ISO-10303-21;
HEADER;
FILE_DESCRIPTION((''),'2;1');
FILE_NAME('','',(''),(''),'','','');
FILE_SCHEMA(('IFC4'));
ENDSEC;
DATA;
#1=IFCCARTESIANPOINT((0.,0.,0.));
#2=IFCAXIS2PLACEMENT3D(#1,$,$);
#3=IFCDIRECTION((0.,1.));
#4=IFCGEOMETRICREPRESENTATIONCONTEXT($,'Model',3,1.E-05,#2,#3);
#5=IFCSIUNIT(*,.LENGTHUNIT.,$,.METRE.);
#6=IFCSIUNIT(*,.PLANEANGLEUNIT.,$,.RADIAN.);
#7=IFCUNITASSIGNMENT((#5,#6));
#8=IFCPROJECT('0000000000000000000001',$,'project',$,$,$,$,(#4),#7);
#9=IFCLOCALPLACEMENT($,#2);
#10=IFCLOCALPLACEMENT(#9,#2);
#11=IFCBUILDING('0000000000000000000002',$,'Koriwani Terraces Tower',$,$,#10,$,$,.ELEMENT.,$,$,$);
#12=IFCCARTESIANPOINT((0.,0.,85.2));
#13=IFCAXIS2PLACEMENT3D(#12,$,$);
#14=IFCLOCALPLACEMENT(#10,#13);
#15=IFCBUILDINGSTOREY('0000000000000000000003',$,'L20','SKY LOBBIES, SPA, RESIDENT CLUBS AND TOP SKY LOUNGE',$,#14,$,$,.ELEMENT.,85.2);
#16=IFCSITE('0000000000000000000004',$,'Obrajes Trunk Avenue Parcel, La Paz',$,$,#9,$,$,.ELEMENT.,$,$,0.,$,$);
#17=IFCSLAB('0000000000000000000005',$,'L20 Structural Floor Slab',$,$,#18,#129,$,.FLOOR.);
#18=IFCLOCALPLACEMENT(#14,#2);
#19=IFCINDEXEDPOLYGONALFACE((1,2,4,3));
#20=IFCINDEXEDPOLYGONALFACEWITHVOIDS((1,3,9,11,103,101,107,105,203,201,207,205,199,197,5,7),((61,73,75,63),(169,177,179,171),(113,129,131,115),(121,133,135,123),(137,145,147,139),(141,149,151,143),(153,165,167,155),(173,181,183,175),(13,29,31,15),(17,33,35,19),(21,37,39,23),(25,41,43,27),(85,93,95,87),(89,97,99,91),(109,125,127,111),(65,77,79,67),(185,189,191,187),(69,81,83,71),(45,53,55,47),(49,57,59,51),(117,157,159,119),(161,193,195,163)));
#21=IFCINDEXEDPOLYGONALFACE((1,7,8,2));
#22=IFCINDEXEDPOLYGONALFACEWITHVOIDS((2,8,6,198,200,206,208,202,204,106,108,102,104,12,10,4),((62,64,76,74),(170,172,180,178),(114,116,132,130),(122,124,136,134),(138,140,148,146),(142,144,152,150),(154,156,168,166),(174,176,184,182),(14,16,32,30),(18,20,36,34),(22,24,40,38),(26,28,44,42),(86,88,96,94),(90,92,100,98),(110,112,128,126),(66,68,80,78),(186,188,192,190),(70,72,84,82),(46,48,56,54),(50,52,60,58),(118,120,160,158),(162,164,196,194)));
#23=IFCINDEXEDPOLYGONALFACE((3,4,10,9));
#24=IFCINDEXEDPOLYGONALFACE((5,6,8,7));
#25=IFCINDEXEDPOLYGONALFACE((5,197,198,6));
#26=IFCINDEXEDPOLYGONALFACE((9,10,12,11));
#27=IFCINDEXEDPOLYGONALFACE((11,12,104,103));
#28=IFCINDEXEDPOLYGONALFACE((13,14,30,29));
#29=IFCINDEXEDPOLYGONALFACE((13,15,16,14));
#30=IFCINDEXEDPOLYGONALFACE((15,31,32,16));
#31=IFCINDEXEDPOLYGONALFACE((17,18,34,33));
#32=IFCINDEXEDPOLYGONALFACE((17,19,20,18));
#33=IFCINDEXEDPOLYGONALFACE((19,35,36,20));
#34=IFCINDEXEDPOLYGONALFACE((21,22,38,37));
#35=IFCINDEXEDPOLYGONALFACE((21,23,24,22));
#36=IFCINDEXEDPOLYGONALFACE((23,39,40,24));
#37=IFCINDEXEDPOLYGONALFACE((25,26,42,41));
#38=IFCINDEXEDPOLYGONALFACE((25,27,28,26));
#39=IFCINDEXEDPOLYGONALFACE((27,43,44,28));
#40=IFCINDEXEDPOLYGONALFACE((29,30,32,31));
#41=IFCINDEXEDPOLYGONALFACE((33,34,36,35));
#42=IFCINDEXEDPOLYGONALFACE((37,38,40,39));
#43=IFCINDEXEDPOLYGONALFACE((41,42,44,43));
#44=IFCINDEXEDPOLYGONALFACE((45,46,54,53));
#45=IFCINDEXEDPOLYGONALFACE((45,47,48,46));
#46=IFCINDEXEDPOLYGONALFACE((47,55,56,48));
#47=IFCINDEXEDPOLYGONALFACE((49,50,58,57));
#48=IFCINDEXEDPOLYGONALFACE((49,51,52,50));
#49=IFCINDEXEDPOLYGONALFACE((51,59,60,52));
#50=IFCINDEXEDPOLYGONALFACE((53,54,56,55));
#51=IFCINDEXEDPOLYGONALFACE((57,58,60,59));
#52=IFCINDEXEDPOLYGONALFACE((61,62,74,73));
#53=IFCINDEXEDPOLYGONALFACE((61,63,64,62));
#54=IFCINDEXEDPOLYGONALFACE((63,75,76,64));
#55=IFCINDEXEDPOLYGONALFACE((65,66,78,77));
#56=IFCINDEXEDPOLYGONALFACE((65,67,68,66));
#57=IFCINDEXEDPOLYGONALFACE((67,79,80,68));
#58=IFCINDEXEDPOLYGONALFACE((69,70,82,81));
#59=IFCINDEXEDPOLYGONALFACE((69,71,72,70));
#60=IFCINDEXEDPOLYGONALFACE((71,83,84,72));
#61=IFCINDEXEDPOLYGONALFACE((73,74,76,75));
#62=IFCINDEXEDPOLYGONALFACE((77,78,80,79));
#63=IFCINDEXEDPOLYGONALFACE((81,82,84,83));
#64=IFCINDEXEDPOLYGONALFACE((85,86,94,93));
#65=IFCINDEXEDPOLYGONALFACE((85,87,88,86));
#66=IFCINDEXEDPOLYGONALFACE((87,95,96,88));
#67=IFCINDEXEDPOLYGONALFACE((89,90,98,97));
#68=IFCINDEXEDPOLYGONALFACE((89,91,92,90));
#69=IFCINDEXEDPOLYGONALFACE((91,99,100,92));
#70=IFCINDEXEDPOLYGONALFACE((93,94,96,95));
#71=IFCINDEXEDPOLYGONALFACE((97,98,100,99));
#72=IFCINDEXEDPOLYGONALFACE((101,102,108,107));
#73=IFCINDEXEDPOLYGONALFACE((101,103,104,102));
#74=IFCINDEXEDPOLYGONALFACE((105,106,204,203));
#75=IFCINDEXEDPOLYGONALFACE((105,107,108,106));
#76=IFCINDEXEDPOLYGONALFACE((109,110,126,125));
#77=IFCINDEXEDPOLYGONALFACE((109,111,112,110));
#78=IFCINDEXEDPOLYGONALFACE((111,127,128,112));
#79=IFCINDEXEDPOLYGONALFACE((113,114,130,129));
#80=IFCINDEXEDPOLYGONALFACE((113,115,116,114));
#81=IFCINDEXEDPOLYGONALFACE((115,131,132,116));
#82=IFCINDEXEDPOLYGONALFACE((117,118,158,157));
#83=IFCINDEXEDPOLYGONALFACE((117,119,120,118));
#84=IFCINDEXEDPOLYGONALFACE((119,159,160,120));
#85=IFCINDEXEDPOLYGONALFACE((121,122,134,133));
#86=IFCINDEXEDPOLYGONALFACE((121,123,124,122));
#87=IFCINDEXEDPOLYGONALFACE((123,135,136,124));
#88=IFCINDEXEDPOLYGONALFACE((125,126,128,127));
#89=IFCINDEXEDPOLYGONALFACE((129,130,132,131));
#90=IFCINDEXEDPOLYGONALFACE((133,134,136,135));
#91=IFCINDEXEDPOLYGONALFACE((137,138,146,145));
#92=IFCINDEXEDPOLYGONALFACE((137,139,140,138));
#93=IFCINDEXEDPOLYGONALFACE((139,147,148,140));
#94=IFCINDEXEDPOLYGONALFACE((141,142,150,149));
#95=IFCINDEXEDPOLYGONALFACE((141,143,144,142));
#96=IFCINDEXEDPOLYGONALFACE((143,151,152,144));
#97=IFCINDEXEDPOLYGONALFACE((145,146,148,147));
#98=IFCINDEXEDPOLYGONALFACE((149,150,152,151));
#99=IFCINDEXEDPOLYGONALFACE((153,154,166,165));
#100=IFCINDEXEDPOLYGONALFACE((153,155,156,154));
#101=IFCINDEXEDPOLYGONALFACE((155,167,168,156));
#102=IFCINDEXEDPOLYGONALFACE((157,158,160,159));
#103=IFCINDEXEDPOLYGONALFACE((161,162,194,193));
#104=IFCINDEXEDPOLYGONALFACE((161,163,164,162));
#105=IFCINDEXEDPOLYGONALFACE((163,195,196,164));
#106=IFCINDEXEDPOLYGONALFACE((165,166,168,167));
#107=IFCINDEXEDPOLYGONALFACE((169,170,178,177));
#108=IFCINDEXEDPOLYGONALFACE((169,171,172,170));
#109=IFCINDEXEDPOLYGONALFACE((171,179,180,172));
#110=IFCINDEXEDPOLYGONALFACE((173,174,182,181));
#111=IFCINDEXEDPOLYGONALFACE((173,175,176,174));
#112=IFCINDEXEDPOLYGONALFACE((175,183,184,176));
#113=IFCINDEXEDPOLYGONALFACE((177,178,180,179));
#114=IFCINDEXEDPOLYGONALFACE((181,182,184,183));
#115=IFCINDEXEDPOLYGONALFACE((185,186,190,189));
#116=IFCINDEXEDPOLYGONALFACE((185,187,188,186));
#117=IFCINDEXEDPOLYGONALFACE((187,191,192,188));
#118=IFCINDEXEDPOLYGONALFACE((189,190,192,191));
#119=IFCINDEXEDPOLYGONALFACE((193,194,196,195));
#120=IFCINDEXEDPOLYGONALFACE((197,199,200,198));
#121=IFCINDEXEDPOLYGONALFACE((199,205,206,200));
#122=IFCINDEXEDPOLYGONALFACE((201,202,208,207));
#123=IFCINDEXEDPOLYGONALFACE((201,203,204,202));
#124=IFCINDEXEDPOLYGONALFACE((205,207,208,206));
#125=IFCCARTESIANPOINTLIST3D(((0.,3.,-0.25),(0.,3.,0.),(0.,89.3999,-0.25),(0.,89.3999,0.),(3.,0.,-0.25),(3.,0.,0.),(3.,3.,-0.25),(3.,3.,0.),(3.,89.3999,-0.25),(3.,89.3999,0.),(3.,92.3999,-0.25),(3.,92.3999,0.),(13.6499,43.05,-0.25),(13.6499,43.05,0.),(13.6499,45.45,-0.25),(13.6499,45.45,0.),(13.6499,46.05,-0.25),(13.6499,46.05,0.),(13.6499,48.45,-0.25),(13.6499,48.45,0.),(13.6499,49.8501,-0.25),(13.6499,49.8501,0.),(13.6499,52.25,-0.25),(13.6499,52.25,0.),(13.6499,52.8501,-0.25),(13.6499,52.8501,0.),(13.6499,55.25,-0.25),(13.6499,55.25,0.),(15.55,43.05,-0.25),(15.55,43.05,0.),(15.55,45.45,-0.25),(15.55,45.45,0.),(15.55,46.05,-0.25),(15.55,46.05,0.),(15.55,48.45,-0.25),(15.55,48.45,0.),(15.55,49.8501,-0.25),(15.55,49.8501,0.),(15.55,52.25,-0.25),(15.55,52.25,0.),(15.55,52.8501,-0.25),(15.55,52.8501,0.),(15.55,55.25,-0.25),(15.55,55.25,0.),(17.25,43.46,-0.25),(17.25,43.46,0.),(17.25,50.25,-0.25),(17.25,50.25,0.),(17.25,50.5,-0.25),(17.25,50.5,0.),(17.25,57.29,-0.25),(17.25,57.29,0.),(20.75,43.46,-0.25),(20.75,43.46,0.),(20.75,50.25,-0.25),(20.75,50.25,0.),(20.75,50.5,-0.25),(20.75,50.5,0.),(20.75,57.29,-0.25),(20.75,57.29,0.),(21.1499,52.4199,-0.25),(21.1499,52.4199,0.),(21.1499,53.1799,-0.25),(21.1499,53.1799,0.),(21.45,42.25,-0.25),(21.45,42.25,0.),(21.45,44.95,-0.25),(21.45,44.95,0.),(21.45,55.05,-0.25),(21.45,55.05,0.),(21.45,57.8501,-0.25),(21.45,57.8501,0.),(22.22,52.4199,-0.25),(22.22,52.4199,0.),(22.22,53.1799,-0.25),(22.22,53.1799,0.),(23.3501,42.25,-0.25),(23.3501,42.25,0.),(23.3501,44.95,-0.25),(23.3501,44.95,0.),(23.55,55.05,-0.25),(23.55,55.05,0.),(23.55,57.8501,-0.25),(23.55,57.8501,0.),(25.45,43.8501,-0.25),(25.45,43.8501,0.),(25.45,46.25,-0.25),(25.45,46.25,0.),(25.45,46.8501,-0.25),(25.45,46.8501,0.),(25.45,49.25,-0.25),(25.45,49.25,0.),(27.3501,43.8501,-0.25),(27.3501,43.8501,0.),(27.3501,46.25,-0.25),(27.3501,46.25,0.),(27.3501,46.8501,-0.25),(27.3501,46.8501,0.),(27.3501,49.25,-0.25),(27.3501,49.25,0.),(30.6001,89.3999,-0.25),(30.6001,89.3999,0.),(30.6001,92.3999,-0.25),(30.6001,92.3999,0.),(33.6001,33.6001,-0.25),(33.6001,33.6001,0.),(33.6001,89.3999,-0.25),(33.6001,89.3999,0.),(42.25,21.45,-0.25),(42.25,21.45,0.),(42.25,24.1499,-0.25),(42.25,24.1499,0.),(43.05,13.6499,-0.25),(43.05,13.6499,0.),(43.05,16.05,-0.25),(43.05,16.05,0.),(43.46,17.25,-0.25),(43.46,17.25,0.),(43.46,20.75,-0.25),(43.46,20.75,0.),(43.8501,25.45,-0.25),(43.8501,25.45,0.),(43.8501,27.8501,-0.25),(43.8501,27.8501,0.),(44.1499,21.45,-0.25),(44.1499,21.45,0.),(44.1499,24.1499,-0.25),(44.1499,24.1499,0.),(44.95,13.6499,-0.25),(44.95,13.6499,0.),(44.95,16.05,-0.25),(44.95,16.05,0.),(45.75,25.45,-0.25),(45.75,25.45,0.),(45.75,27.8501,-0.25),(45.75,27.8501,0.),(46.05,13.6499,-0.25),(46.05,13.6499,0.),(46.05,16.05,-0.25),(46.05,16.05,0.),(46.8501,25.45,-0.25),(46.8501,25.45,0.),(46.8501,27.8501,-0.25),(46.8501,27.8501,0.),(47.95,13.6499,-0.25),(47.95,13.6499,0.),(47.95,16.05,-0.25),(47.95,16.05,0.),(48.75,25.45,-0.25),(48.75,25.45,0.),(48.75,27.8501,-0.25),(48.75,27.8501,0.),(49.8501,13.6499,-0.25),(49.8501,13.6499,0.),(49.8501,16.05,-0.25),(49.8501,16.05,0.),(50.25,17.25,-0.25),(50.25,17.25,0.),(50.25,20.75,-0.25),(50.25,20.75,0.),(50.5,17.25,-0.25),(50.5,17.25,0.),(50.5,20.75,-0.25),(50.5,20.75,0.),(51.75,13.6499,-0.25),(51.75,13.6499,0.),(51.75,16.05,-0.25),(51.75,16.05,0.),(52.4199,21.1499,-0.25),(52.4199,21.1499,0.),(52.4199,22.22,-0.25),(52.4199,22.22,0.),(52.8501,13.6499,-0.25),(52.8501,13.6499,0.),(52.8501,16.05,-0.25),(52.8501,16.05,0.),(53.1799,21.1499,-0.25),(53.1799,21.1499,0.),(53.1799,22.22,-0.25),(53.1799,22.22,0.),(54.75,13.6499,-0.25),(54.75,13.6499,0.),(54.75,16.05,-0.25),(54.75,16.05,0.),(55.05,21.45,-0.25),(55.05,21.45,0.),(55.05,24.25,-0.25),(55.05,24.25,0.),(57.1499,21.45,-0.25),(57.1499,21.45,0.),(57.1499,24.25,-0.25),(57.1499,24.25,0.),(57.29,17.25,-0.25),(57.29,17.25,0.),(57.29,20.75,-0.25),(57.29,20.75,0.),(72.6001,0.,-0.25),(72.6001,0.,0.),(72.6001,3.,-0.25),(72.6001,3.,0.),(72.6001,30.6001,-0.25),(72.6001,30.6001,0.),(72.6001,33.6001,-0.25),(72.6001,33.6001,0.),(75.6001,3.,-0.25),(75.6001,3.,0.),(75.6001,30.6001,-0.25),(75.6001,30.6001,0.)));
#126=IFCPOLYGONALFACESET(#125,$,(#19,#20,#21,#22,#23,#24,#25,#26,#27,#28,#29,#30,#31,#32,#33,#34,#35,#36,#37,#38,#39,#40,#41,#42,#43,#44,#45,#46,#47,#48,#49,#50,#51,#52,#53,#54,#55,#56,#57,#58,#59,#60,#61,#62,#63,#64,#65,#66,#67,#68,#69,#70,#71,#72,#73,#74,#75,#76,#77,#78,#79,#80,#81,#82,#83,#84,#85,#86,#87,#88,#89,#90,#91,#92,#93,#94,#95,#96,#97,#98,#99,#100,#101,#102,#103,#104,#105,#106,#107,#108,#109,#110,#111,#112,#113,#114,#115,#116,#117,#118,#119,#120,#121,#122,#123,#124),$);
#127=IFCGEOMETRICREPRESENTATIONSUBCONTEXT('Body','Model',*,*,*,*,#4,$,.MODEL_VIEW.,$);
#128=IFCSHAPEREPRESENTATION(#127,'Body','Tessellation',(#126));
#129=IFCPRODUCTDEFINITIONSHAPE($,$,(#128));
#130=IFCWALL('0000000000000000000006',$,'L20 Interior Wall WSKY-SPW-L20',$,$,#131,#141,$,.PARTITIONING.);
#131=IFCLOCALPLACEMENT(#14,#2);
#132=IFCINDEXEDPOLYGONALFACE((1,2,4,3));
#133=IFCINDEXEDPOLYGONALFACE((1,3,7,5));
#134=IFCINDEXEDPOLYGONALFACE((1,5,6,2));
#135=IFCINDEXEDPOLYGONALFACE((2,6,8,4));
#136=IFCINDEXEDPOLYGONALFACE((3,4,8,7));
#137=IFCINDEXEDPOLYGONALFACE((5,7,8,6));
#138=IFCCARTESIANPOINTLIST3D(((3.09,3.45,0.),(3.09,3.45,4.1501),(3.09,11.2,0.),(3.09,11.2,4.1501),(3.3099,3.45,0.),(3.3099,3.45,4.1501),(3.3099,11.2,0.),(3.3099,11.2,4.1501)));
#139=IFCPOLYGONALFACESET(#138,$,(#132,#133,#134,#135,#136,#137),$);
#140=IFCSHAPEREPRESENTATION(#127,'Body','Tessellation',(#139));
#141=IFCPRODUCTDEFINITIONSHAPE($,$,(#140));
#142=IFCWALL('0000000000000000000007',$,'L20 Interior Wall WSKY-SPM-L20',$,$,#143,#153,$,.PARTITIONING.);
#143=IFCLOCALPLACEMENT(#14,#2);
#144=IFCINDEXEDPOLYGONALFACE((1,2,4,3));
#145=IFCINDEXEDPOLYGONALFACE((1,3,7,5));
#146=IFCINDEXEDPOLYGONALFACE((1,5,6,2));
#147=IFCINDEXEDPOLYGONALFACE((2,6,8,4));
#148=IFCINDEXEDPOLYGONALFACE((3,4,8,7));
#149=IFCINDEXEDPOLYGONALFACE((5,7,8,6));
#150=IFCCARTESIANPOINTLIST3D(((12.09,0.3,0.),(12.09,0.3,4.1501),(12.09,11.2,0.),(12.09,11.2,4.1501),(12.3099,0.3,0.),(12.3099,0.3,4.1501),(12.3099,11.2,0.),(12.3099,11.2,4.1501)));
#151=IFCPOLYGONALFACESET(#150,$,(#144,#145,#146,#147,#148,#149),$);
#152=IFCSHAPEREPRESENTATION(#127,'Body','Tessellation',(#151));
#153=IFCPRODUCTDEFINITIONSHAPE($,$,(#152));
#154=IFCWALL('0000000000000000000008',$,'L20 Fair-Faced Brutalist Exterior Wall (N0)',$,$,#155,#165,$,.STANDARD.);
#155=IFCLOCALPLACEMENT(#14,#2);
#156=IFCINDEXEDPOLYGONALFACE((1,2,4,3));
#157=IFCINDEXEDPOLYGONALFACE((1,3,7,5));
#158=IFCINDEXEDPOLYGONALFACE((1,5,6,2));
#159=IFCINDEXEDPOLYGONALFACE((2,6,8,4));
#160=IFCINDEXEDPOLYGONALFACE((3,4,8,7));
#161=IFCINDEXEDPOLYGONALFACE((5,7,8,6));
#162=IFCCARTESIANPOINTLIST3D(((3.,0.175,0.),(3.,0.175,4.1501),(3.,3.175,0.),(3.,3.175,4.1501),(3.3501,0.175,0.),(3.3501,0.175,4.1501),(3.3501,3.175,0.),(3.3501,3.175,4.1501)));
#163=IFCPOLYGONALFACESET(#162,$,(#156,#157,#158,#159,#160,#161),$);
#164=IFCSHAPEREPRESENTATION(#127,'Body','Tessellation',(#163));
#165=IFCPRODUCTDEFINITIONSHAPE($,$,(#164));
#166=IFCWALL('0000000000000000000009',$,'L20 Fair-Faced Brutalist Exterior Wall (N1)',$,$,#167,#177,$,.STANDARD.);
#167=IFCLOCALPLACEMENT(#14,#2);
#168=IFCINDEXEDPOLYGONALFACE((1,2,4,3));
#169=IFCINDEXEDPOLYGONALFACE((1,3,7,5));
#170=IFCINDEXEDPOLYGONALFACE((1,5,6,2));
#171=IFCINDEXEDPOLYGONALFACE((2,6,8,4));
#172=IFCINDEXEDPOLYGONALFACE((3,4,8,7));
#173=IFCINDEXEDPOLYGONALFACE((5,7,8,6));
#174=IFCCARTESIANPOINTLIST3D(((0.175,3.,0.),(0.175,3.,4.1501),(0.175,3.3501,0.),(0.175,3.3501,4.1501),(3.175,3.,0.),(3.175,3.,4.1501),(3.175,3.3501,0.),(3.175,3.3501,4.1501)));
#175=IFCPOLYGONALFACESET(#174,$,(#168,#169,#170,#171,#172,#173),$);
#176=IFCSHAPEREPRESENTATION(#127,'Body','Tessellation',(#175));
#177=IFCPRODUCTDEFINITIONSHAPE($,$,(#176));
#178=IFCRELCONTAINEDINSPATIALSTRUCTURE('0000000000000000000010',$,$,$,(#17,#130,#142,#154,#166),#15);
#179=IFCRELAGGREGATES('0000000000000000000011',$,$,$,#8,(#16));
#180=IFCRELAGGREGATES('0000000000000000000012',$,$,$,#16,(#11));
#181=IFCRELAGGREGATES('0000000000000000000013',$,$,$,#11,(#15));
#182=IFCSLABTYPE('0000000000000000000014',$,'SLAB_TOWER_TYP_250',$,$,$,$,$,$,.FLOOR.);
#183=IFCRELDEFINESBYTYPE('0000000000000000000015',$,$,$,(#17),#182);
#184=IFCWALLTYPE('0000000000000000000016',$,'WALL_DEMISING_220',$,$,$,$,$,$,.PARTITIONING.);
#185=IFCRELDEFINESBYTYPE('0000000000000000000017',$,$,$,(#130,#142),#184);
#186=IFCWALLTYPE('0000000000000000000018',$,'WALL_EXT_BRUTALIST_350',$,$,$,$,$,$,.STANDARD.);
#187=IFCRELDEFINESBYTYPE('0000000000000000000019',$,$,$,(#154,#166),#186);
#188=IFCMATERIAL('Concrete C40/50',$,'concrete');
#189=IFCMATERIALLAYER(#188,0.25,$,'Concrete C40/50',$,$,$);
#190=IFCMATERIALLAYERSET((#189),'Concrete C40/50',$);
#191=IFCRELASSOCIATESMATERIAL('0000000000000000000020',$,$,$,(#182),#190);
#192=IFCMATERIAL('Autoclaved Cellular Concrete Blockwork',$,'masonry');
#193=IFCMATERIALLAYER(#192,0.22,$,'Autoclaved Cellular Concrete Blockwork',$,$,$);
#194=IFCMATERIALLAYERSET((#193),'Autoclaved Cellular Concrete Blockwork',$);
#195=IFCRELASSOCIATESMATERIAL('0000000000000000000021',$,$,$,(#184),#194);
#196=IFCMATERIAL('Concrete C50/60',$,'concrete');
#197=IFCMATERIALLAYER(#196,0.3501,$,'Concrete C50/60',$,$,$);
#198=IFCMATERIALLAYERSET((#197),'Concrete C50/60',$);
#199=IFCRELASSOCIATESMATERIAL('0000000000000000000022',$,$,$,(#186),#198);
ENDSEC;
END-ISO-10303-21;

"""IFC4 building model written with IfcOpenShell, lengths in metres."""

from ifc_helpers import new_model, si_unit, direction, frame, frame_2d, origin, place, context, subcontext, project, spatial, polyline, rectangle, outline, extrude, material, layer, layer_set, type_object, element, save


model = new_model("IFC4")

# Units and contexts
model_context = context("Model", 3, precision=1e-05, world=origin(), true_north=direction((0.0, 1.0)))
body_context = subcontext(model_context, "Body", "Model", "MODEL_VIEW")
ifc_project = project(units=[si_unit("LENGTHUNIT", "METRE"), si_unit("PLANEANGLEUNIT", "RADIAN")], contexts=[model_context])

# Site, building, storey
site_placement = place(None, origin())
site = spatial("IfcSite", under=ifc_project, at=site_placement, Name="Obrajes Trunk Avenue Parcel, La Paz", CompositionType="ELEMENT", RefElevation=0.0)
building_placement = place(site_placement, origin())
building = spatial("IfcBuilding", under=site, at=building_placement, Name="Koriwani Terraces Tower", CompositionType="ELEMENT")
storey_placement = place(building_placement, frame((0.0, 0.0, 85.2)))
storey = spatial("IfcBuildingStorey", under=building, at=storey_placement, Name="L20", Description="SKY LOBBIES, SPA, RESIDENT CLUBS AND TOP SKY LOUNGE", CompositionType="ELEMENT", Elevation=85.2)

# Shared definitions
ifc_material_1 = material(Name="Concrete C40/50", Category="concrete")
ifc_material_2 = material(Name="Concrete C50/60", Category="concrete")

# Slab
ifc_layer_1 = layer(ifc_material_1, 0.25, Name="Concrete C40/50")
ifc_layer_set_1 = layer_set([ifc_layer_1], Name="Concrete C40/50")
slab_type_1 = type_object("IfcSlabType", Name="SLAB_TOWER_TYP_250", PredefinedType="FLOOR", material=ifc_layer_set_1)
slab_1_placement = place(storey_placement, frame((0.0, 0.0, -0.25)))
element("IfcSlab", 1, at=slab_1_placement, inside=storey, type_object=slab_type_1, Name="L20 Structural Floor Slab", PredefinedType="FLOOR", context=body_context, shape_type="SweptSolid", body=[
    extrude(outline(polyline([(3.0, 0.0), (72.6001, 0.0), (72.6001, 3.0), (75.6001, 3.0), (75.6001, 30.6001), (72.6001, 30.6001), (72.6001, 33.6001), (33.6001, 33.6001), (33.6001, 89.3999), (30.6001, 89.3999), (30.6001, 92.3999), (3.0, 92.3999), (3.0, 89.3999), (0.0, 89.3999), (0.0, 3.0), (3.0, 3.0), (3.0, 0.0)]), holes=[polyline([(17.25, 43.46), (20.75, 43.46), (20.75, 50.25), (17.25, 50.25), (17.25, 43.46)]), polyline([(17.25, 50.5), (20.75, 50.5), (20.75, 57.29), (17.25, 57.29), (17.25, 50.5)]), polyline([(43.46, 17.25), (50.25, 17.25), (50.25, 20.75), (43.46, 20.75), (43.46, 17.25)]), polyline([(50.5, 17.25), (57.29, 17.25), (57.29, 20.75), (50.5, 20.75), (50.5, 17.25)]), polyline([(13.6499, 43.05), (15.55, 43.05), (15.55, 45.45), (13.6499, 45.45), (13.6499, 43.05)]), polyline([(13.6499, 46.05), (15.55, 46.05), (15.55, 48.45), (13.6499, 48.45), (13.6499, 46.05)]), polyline([(43.05, 13.6499), (44.95, 13.6499), (44.95, 16.05), (43.05, 16.05), (43.05, 13.6499)]), polyline([(46.05, 13.6499), (47.95, 13.6499), (47.95, 16.05), (46.05, 16.05), (46.05, 13.6499)]), polyline([(13.6499, 49.8501), (15.55, 49.8501), (15.55, 52.25), (13.6499, 52.25), (13.6499, 49.8501)]), polyline([(13.6499, 52.8501), (15.55, 52.8501), (15.55, 55.25), (13.6499, 55.25), (13.6499, 52.8501)]), polyline([(49.8501, 13.6499), (51.75, 13.6499), (51.75, 16.05), (49.8501, 16.05), (49.8501, 13.6499)]), polyline([(52.8501, 13.6499), (54.75, 13.6499), (54.75, 16.05), (52.8501, 16.05), (52.8501, 13.6499)]), polyline([(25.45, 43.8501), (27.3501, 43.8501), (27.3501, 46.25), (25.45, 46.25), (25.45, 43.8501)]), polyline([(25.45, 46.8501), (27.3501, 46.8501), (27.3501, 49.25), (25.45, 49.25), (25.45, 46.8501)]), polyline([(43.8501, 25.45), (45.75, 25.45), (45.75, 27.8501), (43.8501, 27.8501), (43.8501, 25.45)]), polyline([(46.8501, 25.45), (48.75, 25.45), (48.75, 27.8501), (46.8501, 27.8501), (46.8501, 25.45)]), polyline([(21.45, 55.05), (23.55, 55.05), (23.55, 57.8501), (21.45, 57.8501), (21.45, 55.05)]), polyline([(55.05, 21.45), (57.1499, 21.45), (57.1499, 24.25), (55.05, 24.25), (55.05, 21.45)]), polyline([(21.45, 42.25), (23.3501, 42.25), (23.3501, 44.95), (21.45, 44.95), (21.45, 42.25)]), polyline([(42.25, 21.45), (44.1499, 21.45), (44.1499, 24.1499), (42.25, 24.1499), (42.25, 21.45)]), polyline([(21.1499, 52.4199), (22.22, 52.4199), (22.22, 53.1799), (21.1499, 53.1799), (21.1499, 52.4199)]), polyline([(52.4199, 21.1499), (53.1799, 21.1499), (53.1799, 22.22), (52.4199, 22.22), (52.4199, 21.1499)])]), origin(), (0.0, 0.0, 1.0), 0.25),
])

# Walls
ifc_material_3 = material(Name="Autoclaved Cellular Concrete Blockwork", Category="masonry")
ifc_layer_2 = layer(ifc_material_3, 0.22, Name="Autoclaved Cellular Concrete Blockwork")
ifc_layer_set_2 = layer_set([ifc_layer_2], Name="Autoclaved Cellular Concrete Blockwork")
wall_type_1 = type_object("IfcWallType", Name="WALL_DEMISING_220", PredefinedType="PARTITIONING", material=ifc_layer_set_2)
wall_1_placement = place(storey_placement, frame((3.2, 3.45, 0.0), z_axis=(0.0, 0.0, 1.0), x_axis=(0.0, 1.0, 0.0)))
element("IfcWall", 2, at=wall_1_placement, inside=storey, type_object=wall_type_1, Name="L20 Interior Wall WSKY-SPW-L20", PredefinedType="PARTITIONING", context=body_context, shape_type="SweptSolid", body=[
    extrude(rectangle(XDim=7.75, YDim=0.22, at=frame_2d((3.875, 0.0))), origin(), (0.0, 0.0, 1.0), 4.1501),
])
wall_2_placement = place(storey_placement, frame((12.2, 0.3, 0.0), z_axis=(0.0, 0.0, 1.0), x_axis=(0.0, 1.0, 0.0)))
element("IfcWall", 3, at=wall_2_placement, inside=storey, type_object=wall_type_1, Name="L20 Interior Wall WSKY-SPM-L20", PredefinedType="PARTITIONING", context=body_context, shape_type="SweptSolid", body=[
    extrude(rectangle(XDim=10.8999, YDim=0.22, at=frame_2d((5.45, 0.0))), origin(), (0.0, 0.0, 1.0), 4.1501),
])
ifc_layer_3 = layer(ifc_material_2, 0.3501, Name="Concrete C50/60")
ifc_layer_set_3 = layer_set([ifc_layer_3], Name="Concrete C50/60")
wall_type_2 = type_object("IfcWallType", Name="WALL_EXT_BRUTALIST_350", PredefinedType="STANDARD", material=ifc_layer_set_3)
for number, where, z_axis, x_axis, name in (
    (4, (3.175, 0.175, 0.0), (0.0, 0.0, 1.0), (0.0, 1.0, 0.0), "L20 Fair-Faced Brutalist Exterior Wall (N0)"),
    (5, (3.175, 3.175, 0.0), (0.0, 0.0, 1.0), (-1.0, 0.0, 0.0), "L20 Fair-Faced Brutalist Exterior Wall (N1)"),
):
    element("IfcWall", number, at=place(storey_placement, frame(where, z_axis=z_axis, x_axis=x_axis)), inside=storey, type_object=wall_type_2, Name=name, PredefinedType="STANDARD", context=body_context, shape_type="SweptSolid", body=[
        extrude(rectangle(XDim=3.0, YDim=0.3501, at=frame_2d((1.5, 0.0))), origin(), (0.0, 0.0, 1.0), 4.1501),
    ])

save(model, "model.ifc")
